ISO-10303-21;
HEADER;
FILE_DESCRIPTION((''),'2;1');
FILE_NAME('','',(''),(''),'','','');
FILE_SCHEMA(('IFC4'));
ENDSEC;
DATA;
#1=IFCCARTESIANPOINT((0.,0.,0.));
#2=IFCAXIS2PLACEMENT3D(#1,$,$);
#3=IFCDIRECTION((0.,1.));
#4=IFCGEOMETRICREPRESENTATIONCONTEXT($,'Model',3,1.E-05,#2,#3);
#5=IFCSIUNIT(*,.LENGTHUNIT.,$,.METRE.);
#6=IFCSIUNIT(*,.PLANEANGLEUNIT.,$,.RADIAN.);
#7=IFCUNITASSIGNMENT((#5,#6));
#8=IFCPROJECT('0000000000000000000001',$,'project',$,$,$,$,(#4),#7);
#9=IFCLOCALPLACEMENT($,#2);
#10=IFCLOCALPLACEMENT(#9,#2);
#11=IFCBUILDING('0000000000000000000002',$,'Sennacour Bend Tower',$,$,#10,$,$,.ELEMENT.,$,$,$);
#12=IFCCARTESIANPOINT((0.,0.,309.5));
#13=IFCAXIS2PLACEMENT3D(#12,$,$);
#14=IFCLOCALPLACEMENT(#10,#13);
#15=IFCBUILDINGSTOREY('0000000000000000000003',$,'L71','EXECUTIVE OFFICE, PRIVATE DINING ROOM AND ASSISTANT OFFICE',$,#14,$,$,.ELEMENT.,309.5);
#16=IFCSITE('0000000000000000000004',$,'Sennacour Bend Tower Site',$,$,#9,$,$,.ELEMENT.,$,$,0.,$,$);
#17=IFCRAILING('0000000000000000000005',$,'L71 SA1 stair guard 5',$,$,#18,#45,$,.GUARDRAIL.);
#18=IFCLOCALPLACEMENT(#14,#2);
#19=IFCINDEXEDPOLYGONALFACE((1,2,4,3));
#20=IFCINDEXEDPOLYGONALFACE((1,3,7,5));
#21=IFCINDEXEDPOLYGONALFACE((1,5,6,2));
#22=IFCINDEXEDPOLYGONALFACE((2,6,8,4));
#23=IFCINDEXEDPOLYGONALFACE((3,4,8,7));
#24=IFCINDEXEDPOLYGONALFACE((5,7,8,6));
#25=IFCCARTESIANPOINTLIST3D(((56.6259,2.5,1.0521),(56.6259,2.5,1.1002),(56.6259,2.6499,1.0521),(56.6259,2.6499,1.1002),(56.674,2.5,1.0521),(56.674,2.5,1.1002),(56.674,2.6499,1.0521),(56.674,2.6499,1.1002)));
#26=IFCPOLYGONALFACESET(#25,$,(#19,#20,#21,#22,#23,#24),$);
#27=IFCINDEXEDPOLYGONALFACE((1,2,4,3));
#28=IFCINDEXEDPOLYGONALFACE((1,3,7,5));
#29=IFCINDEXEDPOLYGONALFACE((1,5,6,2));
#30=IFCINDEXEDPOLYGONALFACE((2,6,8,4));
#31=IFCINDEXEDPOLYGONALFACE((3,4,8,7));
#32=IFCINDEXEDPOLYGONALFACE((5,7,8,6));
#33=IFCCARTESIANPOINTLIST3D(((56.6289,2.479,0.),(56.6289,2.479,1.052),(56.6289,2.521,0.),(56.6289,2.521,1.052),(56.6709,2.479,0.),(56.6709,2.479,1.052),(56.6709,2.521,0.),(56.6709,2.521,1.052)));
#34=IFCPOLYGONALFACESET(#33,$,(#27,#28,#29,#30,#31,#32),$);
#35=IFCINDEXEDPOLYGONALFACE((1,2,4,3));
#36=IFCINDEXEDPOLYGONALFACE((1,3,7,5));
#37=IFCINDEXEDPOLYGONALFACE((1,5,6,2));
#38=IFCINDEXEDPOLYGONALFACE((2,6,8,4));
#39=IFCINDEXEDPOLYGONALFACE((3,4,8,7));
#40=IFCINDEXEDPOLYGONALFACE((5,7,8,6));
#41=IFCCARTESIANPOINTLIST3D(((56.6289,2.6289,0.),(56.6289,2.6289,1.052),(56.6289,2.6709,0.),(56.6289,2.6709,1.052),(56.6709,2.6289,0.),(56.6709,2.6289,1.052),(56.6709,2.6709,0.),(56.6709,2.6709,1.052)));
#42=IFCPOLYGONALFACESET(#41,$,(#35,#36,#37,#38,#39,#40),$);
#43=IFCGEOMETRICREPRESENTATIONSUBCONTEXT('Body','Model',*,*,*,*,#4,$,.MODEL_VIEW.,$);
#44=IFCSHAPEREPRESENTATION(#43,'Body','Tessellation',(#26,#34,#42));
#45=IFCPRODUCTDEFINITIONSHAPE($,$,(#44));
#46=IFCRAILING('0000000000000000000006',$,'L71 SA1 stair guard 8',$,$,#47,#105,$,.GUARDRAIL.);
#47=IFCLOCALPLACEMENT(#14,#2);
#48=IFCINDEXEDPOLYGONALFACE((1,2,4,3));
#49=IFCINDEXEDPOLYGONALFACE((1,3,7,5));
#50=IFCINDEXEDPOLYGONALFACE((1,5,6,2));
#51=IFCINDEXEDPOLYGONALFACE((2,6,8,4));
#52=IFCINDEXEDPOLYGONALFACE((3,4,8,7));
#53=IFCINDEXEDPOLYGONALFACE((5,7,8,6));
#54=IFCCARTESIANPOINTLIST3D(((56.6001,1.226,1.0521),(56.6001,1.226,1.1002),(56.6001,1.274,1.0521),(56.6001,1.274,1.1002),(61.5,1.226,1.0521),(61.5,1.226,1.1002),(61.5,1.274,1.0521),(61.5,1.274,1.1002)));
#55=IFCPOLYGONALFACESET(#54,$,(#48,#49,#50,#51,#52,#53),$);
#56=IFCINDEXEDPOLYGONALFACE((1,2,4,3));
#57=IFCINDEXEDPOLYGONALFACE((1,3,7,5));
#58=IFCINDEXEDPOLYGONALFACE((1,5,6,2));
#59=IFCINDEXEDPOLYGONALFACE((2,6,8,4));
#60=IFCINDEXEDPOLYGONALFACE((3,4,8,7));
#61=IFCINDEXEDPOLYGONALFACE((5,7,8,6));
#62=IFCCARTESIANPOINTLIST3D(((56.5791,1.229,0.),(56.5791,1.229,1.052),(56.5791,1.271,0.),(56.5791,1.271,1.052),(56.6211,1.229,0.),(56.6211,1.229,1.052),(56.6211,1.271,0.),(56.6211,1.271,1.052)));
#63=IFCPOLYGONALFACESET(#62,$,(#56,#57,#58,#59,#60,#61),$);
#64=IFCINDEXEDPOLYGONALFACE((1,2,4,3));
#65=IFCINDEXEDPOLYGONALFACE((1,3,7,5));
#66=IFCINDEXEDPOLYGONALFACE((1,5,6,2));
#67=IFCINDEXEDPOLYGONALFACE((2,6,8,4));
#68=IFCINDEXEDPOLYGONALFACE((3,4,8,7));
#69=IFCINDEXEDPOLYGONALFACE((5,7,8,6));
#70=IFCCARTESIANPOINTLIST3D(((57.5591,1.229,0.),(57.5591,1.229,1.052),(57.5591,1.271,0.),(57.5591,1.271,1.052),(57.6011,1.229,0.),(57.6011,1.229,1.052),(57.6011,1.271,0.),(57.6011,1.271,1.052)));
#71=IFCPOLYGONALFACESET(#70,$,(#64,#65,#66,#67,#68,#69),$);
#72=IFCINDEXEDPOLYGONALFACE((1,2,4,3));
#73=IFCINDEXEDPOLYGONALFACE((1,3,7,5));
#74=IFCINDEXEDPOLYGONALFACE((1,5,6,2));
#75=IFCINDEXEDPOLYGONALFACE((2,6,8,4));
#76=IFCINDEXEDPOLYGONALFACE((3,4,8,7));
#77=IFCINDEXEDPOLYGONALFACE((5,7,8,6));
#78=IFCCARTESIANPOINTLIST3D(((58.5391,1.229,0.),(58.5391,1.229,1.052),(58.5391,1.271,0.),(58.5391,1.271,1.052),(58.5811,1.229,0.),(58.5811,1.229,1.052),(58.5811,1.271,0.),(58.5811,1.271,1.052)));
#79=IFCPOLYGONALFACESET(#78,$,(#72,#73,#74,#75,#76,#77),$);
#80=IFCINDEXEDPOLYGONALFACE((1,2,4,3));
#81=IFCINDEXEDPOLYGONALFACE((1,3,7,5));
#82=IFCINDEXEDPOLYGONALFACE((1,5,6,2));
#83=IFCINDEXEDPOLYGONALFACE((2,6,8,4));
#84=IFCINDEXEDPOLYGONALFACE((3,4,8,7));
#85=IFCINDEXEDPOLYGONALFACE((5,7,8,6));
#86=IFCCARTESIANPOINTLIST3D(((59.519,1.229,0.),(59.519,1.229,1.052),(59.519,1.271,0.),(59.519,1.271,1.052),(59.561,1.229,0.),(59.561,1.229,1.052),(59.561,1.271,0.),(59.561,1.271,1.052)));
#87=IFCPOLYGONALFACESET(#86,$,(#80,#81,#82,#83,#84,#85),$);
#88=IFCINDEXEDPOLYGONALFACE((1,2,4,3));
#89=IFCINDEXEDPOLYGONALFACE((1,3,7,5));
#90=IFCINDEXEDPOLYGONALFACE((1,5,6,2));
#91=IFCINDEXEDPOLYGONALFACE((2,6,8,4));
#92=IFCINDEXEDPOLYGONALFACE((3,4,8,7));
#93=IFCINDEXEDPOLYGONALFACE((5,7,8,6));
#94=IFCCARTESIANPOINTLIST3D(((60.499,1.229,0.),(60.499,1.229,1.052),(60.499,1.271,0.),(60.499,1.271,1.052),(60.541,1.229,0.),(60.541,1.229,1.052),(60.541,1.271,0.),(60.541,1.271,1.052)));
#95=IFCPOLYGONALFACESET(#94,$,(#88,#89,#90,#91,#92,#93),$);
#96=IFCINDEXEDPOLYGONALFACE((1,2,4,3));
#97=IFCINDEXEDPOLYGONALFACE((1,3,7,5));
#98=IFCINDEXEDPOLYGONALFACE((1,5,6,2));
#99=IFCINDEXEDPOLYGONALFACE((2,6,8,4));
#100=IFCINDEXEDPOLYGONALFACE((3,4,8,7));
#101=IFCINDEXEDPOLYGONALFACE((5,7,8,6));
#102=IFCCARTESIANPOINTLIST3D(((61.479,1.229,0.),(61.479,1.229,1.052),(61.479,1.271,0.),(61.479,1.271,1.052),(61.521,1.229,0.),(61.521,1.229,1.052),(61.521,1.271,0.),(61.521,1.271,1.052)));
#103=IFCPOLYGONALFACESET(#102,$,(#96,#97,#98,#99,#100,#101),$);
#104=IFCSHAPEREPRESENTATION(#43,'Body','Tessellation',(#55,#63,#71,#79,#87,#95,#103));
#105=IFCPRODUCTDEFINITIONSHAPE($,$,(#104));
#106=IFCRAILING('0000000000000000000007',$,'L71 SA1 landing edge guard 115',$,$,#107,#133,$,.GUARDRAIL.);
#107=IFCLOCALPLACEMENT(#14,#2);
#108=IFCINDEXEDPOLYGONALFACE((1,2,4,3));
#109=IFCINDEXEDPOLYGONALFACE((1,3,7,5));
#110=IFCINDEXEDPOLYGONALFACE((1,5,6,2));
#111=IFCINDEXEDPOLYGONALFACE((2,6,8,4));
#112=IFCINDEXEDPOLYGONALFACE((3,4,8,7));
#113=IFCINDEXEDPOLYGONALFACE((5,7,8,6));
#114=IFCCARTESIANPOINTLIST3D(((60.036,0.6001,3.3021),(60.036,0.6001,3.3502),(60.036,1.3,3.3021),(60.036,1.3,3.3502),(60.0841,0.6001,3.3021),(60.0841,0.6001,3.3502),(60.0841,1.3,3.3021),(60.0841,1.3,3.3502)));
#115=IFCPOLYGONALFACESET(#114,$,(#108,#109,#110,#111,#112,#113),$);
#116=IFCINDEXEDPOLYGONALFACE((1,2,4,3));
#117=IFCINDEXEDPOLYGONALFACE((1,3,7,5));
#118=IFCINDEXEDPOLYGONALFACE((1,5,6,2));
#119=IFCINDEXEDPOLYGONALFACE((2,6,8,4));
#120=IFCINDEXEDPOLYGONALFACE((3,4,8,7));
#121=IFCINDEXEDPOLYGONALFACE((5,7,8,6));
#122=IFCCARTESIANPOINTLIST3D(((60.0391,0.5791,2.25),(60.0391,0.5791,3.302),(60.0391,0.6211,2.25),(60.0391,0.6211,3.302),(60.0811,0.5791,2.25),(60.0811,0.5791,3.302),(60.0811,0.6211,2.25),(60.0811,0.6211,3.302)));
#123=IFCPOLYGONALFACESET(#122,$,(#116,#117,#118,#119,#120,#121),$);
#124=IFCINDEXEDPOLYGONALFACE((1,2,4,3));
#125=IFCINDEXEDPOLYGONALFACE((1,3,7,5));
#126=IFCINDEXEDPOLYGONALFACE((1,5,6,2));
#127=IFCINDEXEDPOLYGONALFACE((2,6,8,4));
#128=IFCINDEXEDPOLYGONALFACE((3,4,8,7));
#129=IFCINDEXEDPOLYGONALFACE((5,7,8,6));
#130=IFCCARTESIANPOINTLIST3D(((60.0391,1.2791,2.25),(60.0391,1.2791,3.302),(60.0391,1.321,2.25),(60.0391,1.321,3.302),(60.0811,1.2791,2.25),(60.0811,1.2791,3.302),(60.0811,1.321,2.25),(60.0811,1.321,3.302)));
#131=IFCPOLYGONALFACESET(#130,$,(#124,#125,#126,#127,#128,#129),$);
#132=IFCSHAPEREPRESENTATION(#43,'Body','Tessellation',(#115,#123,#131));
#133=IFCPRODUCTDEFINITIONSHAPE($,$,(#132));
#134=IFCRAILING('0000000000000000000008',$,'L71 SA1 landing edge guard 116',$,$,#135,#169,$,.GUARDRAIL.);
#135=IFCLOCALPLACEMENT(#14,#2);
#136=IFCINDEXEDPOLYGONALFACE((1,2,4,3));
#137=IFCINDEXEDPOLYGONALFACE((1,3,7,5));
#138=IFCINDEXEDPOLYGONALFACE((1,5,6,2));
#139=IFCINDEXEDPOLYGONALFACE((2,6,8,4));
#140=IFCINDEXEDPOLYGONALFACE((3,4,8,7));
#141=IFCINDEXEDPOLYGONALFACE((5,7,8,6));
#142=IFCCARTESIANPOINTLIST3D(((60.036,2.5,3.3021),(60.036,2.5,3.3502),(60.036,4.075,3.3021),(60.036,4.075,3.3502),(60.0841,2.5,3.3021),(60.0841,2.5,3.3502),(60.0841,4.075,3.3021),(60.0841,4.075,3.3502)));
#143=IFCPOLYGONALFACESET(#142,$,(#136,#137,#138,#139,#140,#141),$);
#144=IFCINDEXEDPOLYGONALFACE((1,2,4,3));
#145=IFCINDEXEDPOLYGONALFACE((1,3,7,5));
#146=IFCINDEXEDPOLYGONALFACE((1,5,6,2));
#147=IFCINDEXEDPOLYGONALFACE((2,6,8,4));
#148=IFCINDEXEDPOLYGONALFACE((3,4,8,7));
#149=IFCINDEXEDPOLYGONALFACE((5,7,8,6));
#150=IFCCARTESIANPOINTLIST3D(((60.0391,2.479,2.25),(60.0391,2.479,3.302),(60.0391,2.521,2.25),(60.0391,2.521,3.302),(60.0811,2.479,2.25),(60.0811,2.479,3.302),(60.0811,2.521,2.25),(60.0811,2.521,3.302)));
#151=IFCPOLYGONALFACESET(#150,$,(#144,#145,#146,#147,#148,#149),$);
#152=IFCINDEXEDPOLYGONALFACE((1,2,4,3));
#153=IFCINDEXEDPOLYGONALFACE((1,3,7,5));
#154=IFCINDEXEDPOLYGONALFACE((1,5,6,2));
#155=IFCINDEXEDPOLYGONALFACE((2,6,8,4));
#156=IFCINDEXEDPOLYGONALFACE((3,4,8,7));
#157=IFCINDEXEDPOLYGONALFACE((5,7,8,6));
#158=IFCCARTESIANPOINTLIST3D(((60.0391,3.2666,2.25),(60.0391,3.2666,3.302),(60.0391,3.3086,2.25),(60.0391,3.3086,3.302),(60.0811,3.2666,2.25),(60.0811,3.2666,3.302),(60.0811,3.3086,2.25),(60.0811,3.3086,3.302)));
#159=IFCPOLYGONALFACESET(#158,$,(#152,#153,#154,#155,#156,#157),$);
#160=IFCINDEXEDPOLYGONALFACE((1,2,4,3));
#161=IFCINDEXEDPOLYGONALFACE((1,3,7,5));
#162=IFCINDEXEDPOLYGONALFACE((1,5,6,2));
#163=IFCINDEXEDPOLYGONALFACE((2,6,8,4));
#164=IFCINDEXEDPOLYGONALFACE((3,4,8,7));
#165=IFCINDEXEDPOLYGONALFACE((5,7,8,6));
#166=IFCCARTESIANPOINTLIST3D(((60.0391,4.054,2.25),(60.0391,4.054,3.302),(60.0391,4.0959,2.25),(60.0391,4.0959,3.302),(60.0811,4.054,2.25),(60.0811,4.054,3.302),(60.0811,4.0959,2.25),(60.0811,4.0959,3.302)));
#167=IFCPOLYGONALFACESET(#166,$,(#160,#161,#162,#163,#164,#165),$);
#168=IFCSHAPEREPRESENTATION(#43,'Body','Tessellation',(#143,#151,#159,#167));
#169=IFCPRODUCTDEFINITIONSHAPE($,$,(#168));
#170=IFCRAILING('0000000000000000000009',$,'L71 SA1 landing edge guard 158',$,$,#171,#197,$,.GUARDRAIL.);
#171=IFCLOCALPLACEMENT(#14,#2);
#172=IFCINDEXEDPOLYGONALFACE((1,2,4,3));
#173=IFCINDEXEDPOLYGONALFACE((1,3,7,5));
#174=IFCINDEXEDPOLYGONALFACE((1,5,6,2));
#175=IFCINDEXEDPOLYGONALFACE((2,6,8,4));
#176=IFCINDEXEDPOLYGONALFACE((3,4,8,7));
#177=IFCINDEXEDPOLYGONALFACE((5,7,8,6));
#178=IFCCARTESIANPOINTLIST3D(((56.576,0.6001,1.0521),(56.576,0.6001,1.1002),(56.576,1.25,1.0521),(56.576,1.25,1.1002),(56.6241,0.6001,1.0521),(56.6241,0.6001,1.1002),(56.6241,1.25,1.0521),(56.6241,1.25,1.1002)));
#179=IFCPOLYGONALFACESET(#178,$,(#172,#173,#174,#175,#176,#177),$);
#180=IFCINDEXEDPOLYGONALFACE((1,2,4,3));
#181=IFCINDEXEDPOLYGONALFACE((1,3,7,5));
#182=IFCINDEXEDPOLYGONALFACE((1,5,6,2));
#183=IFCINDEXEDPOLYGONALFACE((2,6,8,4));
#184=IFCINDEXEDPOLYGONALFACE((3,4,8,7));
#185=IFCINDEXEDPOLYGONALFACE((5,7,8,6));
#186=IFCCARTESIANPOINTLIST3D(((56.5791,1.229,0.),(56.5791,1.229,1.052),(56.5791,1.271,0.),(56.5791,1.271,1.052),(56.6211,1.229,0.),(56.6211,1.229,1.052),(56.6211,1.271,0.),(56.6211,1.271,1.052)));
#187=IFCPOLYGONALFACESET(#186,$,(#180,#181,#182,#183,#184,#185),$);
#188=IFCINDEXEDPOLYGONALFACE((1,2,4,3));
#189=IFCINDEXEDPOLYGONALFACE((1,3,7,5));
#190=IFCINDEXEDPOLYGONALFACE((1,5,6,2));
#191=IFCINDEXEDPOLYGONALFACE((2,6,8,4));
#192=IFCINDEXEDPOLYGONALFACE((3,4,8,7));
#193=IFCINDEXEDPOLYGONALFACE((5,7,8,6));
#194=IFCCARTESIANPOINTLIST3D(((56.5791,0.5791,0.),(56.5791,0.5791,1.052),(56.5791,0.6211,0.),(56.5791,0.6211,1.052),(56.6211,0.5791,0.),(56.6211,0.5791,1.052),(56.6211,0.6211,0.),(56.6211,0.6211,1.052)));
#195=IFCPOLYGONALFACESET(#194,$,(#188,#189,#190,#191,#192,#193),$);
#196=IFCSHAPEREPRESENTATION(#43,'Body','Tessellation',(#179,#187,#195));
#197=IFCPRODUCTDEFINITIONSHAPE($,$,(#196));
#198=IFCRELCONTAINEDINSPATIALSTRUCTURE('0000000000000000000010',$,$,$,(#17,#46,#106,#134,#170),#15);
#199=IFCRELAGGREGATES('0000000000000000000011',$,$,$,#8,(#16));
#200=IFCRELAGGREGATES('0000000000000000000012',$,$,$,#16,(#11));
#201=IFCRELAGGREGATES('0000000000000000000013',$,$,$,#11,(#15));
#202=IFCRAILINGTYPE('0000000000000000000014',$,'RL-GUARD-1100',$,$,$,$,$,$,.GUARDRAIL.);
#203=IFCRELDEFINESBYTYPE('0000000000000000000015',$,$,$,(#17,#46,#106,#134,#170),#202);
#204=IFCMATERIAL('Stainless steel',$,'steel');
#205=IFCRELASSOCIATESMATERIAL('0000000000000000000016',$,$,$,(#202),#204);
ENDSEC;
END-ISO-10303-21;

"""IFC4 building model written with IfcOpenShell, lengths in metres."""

from ifc_helpers import new_model, si_unit, direction, frame, origin, origin_2d, place, context, subcontext, project, spatial, rectangle, extrude, material, type_object, element, save


model = new_model("IFC4")

# Units and contexts
model_context = context("Model", 3, precision=1e-05, world=origin(), true_north=direction((0.0, 1.0)))
body_context = subcontext(model_context, "Body", "Model", "MODEL_VIEW")
ifc_project = project(units=[si_unit("LENGTHUNIT", "METRE"), si_unit("PLANEANGLEUNIT", "RADIAN")], contexts=[model_context])

# Site, building, storey
site_placement = place(None, origin())
site = spatial("IfcSite", under=ifc_project, at=site_placement, Name="Sennacour Bend Tower Site", CompositionType="ELEMENT", RefElevation=0.0)
building_placement = place(site_placement, origin())
building = spatial("IfcBuilding", under=site, at=building_placement, Name="Sennacour Bend Tower", CompositionType="ELEMENT")
storey_placement = place(building_placement, frame((0.0, 0.0, 309.5)))
storey = spatial("IfcBuildingStorey", under=building, at=storey_placement, Name="L71", Description="EXECUTIVE OFFICE, PRIVATE DINING ROOM AND ASSISTANT OFFICE", CompositionType="ELEMENT", Elevation=309.5)

# Shared definitions
ifc_material_1 = material(Name="Stainless steel", Category="steel")

# Railings
railing_type_1 = type_object("IfcRailingType", Name="RL-GUARD-1100", PredefinedType="GUARDRAIL", material=ifc_material_1)
railing_1_placement = place(storey_placement, frame((56.6499, 2.5, 0.0)))
element("IfcRailing", 1, at=railing_1_placement, inside=storey, type_object=railing_type_1, Name="L71 SA1 stair guard 5", PredefinedType="GUARDRAIL", context=body_context, shape_type="SweptSolid", body=[
    extrude(rectangle(XDim=0.0481, YDim=0.0481, at=origin_2d()), frame((0.0, 0.0, 1.0762), z_axis=(0.0, 1.0, 0.0), x_axis=(-1.0, 0.0, 0.0)), (0.0, 0.0, 1.0), 0.1499),
    extrude(rectangle(XDim=0.042, YDim=0.042, at=origin_2d()), origin(), (0.0, 0.0, 1.0), 1.052),
    extrude(rectangle(XDim=0.042, YDim=0.042, at=origin_2d()), frame((0.0, 0.1499, 0.0)), (0.0, 0.0, 1.0), 1.052),
])
railing_2_placement = place(storey_placement, frame((56.6001, 1.25, 0.0)))
element("IfcRailing", 2, at=railing_2_placement, inside=storey, type_object=railing_type_1, Name="L71 SA1 stair guard 8", PredefinedType="GUARDRAIL", context=body_context, shape_type="SweptSolid", body=[
    extrude(rectangle(XDim=0.0481, YDim=0.0481, at=origin_2d()), frame((0.0, 0.0, 1.0762), z_axis=(1.0, 0.0, 0.0), x_axis=(0.0, 1.0, 0.0)), (0.0, 0.0, 1.0), 4.8999),
    extrude(rectangle(XDim=0.042, YDim=0.042, at=origin_2d()), origin(), (0.0, 0.0, 1.0), 1.052),
    extrude(rectangle(XDim=0.042, YDim=0.042, at=origin_2d()), frame((0.98, 0.0, 0.0)), (0.0, 0.0, 1.0), 1.052),
    extrude(rectangle(XDim=0.042, YDim=0.042, at=origin_2d()), frame((1.96, 0.0, 0.0)), (0.0, 0.0, 1.0), 1.052),
    extrude(rectangle(XDim=0.042, YDim=0.042, at=origin_2d()), frame((2.9399, 0.0, 0.0)), (0.0, 0.0, 1.0), 1.052),
    extrude(rectangle(XDim=0.042, YDim=0.042, at=origin_2d()), frame((3.9199, 0.0, 0.0)), (0.0, 0.0, 1.0), 1.052),
    extrude(rectangle(XDim=0.042, YDim=0.042, at=origin_2d()), frame((4.8999, 0.0, 0.0)), (0.0, 0.0, 1.0), 1.052),
])
railing_3_placement = place(storey_placement, frame((60.0601, 0.6001, 2.25)))
element("IfcRailing", 3, at=railing_3_placement, inside=storey, type_object=railing_type_1, Name="L71 SA1 landing edge guard 115", PredefinedType="GUARDRAIL", context=body_context, shape_type="SweptSolid", body=[
    extrude(rectangle(XDim=0.0481, YDim=0.0481, at=origin_2d()), frame((0.0, 0.0, 1.0762), z_axis=(0.0, 1.0, 0.0), x_axis=(-1.0, 0.0, 0.0)), (0.0, 0.0, 1.0), 0.7),
    extrude(rectangle(XDim=0.042, YDim=0.042, at=origin_2d()), origin(), (0.0, 0.0, 1.0), 1.052),
    extrude(rectangle(XDim=0.042, YDim=0.042, at=origin_2d()), frame((0.0, 0.7, 0.0)), (0.0, 0.0, 1.0), 1.052),
])
railing_4_placement = place(storey_placement, frame((60.0601, 2.5, 2.25)))
element("IfcRailing", 4, at=railing_4_placement, inside=storey, type_object=railing_type_1, Name="L71 SA1 landing edge guard 116", PredefinedType="GUARDRAIL", context=body_context, shape_type="SweptSolid", body=[
    extrude(rectangle(XDim=0.0481, YDim=0.0481, at=origin_2d()), frame((0.0, 0.0, 1.0762), z_axis=(0.0, 1.0, 0.0), x_axis=(-1.0, 0.0, 0.0)), (0.0, 0.0, 1.0), 1.575),
    extrude(rectangle(XDim=0.042, YDim=0.042, at=origin_2d()), origin(), (0.0, 0.0, 1.0), 1.052),
    extrude(rectangle(XDim=0.042, YDim=0.042, at=origin_2d()), frame((0.0, 0.7876, 0.0)), (0.0, 0.0, 1.0), 1.052),
    extrude(rectangle(XDim=0.042, YDim=0.042, at=origin_2d()), frame((0.0, 1.575, 0.0)), (0.0, 0.0, 1.0), 1.052),
])
railing_5_placement = place(storey_placement, frame((56.6001, 1.25, 0.0)))
element("IfcRailing", 5, at=railing_5_placement, inside=storey, type_object=railing_type_1, Name="L71 SA1 landing edge guard 158", PredefinedType="GUARDRAIL", context=body_context, shape_type="SweptSolid", body=[
    extrude(rectangle(XDim=0.0481, YDim=0.0481, at=origin_2d()), frame((0.0, 0.0, 1.0762), z_axis=(0.0, -1.0, 0.0), x_axis=(1.0, 0.0, 0.0)), (0.0, 0.0, 1.0), 0.6499),
    extrude(rectangle(XDim=0.042, YDim=0.042, at=origin_2d()), origin(), (0.0, 0.0, 1.0), 1.052),
    extrude(rectangle(XDim=0.042, YDim=0.042, at=origin_2d()), frame((0.0, -0.6499, 0.0)), (0.0, 0.0, 1.0), 1.052),
])

save(model, "model.ifc")
